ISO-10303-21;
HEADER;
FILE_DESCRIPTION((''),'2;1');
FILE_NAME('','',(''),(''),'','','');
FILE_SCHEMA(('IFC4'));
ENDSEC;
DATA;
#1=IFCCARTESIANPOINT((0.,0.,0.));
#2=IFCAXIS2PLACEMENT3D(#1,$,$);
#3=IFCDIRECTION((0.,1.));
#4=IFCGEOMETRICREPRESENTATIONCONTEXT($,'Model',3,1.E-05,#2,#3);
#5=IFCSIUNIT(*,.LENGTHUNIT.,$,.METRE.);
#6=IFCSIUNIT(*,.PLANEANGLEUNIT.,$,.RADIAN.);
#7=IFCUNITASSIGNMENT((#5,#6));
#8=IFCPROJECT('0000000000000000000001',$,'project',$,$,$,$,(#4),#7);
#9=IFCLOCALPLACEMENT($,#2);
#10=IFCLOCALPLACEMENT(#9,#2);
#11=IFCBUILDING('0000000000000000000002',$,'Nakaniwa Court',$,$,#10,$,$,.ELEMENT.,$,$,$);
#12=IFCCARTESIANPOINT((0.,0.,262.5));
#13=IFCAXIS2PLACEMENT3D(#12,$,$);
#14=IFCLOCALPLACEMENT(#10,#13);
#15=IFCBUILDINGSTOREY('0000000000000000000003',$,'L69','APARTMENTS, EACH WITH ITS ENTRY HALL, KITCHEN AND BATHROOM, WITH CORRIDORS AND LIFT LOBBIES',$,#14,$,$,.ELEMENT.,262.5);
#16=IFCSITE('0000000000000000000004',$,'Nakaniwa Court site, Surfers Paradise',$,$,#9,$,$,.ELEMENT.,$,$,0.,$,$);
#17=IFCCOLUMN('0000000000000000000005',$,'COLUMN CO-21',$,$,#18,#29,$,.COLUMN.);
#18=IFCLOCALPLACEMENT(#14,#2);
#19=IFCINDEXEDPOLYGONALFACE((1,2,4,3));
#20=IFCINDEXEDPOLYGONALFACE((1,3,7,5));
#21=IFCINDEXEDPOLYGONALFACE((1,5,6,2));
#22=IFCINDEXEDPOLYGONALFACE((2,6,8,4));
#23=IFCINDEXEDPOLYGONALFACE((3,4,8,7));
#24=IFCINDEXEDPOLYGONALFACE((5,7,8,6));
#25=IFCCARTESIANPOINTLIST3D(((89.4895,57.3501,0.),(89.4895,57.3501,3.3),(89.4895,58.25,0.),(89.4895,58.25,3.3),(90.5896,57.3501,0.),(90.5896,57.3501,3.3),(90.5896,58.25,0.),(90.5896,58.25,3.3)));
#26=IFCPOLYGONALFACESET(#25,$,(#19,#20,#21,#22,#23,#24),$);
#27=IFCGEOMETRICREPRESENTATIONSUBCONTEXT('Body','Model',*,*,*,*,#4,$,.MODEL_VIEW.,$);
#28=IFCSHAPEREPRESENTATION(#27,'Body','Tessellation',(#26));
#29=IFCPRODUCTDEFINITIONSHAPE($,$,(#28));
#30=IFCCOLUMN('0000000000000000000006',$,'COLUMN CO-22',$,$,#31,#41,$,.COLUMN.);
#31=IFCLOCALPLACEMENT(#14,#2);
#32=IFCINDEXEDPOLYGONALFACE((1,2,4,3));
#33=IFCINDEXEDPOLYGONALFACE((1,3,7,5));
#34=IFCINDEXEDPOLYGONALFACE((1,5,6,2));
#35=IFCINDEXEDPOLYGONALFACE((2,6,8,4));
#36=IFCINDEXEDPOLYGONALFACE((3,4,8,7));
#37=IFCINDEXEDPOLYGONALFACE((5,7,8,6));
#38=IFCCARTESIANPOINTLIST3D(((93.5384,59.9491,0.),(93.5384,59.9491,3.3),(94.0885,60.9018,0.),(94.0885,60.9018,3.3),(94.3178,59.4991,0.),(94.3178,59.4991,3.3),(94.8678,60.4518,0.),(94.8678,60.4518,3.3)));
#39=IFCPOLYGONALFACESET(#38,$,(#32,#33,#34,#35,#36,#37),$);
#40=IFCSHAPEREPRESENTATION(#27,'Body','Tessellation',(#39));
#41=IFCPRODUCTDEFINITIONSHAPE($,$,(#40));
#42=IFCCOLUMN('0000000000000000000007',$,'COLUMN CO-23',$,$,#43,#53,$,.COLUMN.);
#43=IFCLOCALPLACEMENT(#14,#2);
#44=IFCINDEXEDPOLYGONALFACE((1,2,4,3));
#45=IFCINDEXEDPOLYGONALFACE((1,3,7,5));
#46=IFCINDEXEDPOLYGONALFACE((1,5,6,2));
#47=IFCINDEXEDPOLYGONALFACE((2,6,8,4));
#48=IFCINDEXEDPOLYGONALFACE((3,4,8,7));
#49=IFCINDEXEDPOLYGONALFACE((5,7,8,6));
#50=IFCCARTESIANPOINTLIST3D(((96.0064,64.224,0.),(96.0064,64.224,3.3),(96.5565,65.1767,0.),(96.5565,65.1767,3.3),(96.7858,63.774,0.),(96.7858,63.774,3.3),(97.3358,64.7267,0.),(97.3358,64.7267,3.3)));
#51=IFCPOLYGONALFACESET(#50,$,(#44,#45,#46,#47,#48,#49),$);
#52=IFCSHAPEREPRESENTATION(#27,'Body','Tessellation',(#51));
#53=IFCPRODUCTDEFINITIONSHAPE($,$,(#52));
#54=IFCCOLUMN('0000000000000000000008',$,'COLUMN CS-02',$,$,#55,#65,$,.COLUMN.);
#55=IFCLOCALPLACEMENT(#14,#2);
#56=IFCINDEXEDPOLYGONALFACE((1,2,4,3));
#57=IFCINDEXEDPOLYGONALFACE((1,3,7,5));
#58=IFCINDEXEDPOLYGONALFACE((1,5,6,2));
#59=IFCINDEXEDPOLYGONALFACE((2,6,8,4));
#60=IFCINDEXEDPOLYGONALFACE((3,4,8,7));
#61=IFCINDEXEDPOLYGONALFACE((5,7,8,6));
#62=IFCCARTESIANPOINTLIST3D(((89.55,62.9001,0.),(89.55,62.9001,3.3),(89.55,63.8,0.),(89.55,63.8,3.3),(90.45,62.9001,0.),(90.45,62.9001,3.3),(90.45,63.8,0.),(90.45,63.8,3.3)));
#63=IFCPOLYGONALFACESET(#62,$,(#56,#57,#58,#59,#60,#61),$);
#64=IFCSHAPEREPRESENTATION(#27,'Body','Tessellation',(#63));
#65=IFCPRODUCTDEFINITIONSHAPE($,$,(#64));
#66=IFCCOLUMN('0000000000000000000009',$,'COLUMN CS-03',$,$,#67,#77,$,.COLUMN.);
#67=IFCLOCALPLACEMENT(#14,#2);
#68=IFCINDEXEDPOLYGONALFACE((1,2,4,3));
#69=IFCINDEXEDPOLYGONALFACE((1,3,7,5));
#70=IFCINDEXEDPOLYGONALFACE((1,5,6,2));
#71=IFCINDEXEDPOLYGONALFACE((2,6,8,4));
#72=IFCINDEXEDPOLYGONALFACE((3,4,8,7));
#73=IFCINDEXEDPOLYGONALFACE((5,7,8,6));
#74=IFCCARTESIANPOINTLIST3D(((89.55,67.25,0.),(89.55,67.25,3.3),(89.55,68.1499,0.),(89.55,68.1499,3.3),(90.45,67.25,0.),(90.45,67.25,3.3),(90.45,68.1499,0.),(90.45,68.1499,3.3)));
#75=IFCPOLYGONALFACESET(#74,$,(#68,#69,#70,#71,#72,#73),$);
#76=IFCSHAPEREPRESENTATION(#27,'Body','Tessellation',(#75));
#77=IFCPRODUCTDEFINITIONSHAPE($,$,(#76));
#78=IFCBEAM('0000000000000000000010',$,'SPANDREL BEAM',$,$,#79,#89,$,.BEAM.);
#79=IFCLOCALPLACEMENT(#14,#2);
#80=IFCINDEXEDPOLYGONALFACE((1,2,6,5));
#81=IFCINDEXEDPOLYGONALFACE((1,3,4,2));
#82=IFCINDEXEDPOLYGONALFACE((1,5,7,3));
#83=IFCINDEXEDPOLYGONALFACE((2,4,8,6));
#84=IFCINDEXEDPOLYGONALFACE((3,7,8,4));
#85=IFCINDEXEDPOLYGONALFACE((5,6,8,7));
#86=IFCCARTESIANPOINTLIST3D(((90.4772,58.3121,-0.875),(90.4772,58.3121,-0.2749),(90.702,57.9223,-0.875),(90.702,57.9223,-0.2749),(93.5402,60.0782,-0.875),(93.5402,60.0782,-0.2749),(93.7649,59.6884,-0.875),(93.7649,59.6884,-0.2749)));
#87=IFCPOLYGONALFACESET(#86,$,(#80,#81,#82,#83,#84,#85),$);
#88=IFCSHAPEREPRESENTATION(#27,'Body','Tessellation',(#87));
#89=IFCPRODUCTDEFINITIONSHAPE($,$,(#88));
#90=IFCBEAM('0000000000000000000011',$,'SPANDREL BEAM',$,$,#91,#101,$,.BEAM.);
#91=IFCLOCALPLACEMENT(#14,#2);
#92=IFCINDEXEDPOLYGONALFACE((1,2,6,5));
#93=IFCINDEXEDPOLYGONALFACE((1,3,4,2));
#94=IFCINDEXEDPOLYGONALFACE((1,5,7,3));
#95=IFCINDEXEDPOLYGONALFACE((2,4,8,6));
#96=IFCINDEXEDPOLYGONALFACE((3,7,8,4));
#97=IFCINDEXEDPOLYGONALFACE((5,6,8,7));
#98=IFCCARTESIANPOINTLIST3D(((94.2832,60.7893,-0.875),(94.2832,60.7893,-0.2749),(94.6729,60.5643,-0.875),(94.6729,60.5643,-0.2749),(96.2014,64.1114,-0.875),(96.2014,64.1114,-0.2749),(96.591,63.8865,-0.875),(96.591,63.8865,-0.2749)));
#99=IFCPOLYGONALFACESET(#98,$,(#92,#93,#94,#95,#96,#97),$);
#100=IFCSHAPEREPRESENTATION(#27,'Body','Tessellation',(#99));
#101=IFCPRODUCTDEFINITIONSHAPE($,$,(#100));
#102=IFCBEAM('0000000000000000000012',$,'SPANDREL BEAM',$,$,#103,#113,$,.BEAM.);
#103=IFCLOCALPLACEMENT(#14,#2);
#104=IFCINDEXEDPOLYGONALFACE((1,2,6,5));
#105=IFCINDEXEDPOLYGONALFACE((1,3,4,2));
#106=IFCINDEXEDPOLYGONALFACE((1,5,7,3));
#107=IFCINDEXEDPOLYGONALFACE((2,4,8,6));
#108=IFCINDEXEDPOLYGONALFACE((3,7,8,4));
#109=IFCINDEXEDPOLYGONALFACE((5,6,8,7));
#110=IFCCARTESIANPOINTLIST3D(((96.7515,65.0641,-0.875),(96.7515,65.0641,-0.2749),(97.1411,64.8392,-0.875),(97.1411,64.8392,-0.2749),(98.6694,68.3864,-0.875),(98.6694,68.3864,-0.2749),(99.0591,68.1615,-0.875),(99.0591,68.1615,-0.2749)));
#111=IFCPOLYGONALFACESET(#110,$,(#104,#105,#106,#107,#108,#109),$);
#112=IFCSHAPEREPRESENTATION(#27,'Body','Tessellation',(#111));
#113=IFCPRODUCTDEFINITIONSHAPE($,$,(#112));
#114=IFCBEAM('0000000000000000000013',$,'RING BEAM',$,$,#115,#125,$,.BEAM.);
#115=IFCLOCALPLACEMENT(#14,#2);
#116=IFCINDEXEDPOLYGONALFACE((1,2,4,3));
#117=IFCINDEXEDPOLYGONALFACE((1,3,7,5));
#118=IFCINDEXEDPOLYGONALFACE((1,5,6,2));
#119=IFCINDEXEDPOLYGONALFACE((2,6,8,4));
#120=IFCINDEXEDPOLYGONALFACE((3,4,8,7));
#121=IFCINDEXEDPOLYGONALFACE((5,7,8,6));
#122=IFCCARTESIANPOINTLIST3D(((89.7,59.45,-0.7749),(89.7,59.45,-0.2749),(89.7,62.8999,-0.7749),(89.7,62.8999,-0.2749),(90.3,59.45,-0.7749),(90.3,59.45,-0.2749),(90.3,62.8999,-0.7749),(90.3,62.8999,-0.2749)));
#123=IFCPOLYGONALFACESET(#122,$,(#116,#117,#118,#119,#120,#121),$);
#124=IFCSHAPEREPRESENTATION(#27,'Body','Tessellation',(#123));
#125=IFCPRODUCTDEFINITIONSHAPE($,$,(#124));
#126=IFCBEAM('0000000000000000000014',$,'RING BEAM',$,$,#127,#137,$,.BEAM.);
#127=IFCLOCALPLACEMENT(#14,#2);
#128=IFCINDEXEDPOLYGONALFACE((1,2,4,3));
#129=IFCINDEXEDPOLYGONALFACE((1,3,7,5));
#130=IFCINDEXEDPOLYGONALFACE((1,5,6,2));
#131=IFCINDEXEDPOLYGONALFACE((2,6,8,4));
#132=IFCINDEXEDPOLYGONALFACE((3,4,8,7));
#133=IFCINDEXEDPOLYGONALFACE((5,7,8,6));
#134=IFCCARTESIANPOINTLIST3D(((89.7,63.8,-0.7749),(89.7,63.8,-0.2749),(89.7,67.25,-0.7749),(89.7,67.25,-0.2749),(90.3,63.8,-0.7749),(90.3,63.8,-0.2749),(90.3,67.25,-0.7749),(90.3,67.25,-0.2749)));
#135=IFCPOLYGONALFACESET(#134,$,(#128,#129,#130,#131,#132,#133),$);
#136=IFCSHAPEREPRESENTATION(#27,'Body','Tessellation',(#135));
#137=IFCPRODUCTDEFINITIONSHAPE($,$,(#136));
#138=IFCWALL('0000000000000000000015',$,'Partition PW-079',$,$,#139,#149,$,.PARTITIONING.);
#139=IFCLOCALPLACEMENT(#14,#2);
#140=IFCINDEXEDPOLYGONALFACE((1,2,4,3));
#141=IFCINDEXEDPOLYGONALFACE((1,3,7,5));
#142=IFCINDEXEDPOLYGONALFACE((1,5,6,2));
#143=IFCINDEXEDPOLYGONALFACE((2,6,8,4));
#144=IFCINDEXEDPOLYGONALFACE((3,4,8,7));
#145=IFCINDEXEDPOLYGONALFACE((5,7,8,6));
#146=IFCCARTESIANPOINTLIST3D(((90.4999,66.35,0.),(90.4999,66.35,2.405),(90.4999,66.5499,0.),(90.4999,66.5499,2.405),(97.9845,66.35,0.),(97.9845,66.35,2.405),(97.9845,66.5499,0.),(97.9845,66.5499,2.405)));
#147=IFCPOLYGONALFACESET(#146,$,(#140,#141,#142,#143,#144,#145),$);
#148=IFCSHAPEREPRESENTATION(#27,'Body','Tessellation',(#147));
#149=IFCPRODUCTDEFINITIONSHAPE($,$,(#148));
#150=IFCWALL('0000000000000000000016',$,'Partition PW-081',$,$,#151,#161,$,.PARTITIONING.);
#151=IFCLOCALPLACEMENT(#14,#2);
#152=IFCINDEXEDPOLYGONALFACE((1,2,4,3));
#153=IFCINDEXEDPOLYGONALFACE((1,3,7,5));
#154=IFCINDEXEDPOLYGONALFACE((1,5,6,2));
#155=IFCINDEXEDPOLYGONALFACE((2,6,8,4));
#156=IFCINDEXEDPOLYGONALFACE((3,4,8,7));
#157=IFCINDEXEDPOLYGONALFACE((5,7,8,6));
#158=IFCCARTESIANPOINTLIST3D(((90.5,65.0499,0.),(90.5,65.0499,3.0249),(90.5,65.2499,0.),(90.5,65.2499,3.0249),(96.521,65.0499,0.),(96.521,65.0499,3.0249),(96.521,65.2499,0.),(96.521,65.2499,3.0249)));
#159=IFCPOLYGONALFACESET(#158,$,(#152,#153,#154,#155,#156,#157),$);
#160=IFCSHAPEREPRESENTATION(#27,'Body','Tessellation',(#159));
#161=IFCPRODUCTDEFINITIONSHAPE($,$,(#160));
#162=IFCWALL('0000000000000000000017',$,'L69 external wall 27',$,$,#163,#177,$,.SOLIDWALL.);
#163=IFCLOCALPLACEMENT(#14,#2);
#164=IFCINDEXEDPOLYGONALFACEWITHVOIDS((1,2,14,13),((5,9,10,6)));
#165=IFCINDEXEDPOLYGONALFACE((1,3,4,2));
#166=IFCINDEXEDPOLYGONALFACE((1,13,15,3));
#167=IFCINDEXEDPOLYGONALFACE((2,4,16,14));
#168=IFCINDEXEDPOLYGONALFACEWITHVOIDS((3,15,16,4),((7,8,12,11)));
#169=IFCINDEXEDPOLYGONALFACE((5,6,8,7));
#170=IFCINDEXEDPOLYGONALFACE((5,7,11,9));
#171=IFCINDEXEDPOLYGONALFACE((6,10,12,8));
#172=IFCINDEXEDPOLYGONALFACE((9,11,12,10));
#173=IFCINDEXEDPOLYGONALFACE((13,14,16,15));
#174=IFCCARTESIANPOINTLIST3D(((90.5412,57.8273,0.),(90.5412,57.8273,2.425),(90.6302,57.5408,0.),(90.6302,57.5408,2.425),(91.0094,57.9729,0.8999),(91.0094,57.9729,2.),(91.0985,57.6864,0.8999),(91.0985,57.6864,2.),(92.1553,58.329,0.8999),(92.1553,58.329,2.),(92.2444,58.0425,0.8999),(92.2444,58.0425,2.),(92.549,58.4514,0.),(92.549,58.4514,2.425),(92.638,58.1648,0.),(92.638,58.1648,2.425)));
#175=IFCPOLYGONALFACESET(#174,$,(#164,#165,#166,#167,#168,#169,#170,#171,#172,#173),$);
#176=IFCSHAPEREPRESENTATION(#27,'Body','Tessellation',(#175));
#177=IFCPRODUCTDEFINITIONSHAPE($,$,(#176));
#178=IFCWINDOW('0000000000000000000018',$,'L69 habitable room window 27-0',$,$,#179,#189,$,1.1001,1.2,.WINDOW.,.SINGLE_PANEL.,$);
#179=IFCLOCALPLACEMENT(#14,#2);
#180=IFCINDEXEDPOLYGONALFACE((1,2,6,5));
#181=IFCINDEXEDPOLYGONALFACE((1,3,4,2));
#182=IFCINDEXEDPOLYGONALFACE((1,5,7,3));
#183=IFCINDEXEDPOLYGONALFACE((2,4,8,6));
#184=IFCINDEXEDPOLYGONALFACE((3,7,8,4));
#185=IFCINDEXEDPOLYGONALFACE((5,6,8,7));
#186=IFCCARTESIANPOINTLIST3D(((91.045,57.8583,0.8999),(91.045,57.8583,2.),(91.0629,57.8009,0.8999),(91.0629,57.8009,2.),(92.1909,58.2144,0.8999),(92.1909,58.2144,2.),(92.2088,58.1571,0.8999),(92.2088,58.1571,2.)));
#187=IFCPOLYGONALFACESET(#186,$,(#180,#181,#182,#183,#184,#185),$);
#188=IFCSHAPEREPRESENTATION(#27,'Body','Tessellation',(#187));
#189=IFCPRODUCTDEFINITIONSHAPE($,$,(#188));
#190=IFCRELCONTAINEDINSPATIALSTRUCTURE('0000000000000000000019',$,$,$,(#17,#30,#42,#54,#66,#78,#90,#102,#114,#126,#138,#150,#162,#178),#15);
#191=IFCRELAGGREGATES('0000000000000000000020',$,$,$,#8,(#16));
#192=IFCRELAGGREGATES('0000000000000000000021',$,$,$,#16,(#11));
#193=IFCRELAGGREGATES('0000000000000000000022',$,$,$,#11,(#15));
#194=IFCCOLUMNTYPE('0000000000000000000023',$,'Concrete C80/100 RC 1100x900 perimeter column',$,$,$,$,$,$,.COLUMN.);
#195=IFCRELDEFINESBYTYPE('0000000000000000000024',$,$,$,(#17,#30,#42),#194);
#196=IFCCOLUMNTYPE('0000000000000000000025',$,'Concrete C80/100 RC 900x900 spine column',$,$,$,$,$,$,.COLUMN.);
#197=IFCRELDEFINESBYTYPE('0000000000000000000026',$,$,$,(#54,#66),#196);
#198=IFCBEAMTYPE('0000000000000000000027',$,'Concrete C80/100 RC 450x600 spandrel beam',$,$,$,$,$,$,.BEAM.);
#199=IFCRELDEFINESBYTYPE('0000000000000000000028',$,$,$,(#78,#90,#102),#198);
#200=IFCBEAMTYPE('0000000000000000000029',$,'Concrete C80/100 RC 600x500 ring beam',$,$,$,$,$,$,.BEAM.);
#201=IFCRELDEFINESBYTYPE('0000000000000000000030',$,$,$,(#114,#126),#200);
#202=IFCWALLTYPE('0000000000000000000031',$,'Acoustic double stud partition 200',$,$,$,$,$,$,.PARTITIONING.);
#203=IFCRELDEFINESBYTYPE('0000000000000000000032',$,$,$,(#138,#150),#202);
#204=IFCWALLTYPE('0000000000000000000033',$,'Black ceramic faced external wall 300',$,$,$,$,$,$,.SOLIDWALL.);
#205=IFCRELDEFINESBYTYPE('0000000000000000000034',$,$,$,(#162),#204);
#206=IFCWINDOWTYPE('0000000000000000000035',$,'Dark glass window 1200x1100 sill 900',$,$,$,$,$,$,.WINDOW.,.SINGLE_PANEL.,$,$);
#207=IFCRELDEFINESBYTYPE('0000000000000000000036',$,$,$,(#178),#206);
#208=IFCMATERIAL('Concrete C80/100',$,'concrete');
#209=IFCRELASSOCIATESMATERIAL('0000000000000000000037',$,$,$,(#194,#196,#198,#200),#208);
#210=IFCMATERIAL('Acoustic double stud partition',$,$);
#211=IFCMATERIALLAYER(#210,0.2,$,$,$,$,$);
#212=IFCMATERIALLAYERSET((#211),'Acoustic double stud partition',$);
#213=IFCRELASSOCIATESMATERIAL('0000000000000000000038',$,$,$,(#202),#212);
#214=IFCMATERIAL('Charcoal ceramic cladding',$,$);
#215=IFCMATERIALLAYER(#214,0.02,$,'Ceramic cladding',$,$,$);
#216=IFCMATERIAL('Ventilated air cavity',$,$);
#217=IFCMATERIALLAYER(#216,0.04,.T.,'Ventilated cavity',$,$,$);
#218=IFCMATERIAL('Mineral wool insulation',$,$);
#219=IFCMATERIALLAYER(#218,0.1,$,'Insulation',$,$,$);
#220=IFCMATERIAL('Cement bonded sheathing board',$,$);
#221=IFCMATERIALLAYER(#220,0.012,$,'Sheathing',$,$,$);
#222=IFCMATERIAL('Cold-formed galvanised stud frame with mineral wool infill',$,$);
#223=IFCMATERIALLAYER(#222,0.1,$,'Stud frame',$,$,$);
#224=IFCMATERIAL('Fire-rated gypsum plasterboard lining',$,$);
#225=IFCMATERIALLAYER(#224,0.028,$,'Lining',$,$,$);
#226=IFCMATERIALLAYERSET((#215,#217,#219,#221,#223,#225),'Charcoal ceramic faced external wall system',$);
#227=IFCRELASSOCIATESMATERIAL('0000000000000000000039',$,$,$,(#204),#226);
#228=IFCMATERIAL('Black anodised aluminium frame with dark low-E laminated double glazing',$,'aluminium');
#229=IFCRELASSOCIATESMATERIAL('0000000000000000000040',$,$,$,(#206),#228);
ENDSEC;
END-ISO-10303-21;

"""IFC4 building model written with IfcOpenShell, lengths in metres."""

from ifc_helpers import new_model, si_unit, direction, frame, frame_2d, origin, origin_2d, place, context, subcontext, project, spatial, rectangle, extrude, material, layer, layer_set, material_profile, profile_set, type_object, element, fill, save


model = new_model("IFC4")

# Units and contexts
model_context = context("Model", 3, precision=1e-05, world=origin(), true_north=direction((0.0, 1.0)))
body_context = subcontext(model_context, "Body", "Model", "MODEL_VIEW")
ifc_project = project(units=[si_unit("LENGTHUNIT", "METRE"), si_unit("PLANEANGLEUNIT", "RADIAN")], contexts=[model_context])

# Site, building, storey
site_placement = place(None, origin())
site = spatial("IfcSite", under=ifc_project, at=site_placement, Name="Nakaniwa Court site, Surfers Paradise", CompositionType="ELEMENT", RefElevation=0.0)
building_placement = place(site_placement, origin())
building = spatial("IfcBuilding", under=site, at=building_placement, Name="Nakaniwa Court", CompositionType="ELEMENT")
storey_placement = place(building_placement, frame((0.0, 0.0, 262.5)))
storey = spatial("IfcBuildingStorey", under=building, at=storey_placement, Name="L69", Description="APARTMENTS, EACH WITH ITS ENTRY HALL, KITCHEN AND BATHROOM, WITH CORRIDORS AND LIFT LOBBIES", CompositionType="ELEMENT", Elevation=262.5)

# Columns
ifc_material_1 = material(Name="Concrete C80/100", Category="concrete")
ifc_material_profile_1 = material_profile(ifc_material_1, rectangle(XDim=1.1001, YDim=0.8999, at=origin_2d()), Name="Concrete C80/100 RC 1100x900 perimeter column")
ifc_profile_set_1 = profile_set([ifc_material_profile_1], Name="Concrete C80/100")
column_type_1 = type_object("IfcColumnType", Name="Concrete C80/100 RC 1100x900 perimeter column", PredefinedType="COLUMN", material=ifc_profile_set_1)
for number, where, z_axis, x_axis, name in (
    (1, (90.0396, 57.8, 0.0), (0.0, 0.0, 1.0), (1.0, 0.0, 0.0), "COLUMN CO-21"),
    (2, (94.2031, 60.2004, 0.0), (0.0, 0.0, 1.0), (0.5, 0.866025, 0.0), "COLUMN CO-22"),
    (3, (96.6711, 64.4753, 0.0), (0.0, 0.0, 1.0), (0.5, 0.866025, 0.0), "COLUMN CO-23"),
):
    element("IfcColumn", number, at=place(storey_placement, frame(where, z_axis=z_axis, x_axis=x_axis)), inside=storey, type_object=column_type_1, Name=name, PredefinedType="COLUMN", context=body_context, shape_type="SweptSolid", body=[
        extrude(rectangle(XDim=1.1001, YDim=0.8999, at=origin_2d()), origin(), (0.0, 0.0, 1.0), 3.3),
    ])
ifc_material_profile_2 = material_profile(ifc_material_1, rectangle(XDim=0.8999, YDim=0.8999, at=origin_2d()), Name="Concrete C80/100 RC 900x900 spine column")
ifc_profile_set_2 = profile_set([ifc_material_profile_2], Name="Concrete C80/100")
column_type_2 = type_object("IfcColumnType", Name="Concrete C80/100 RC 900x900 spine column", PredefinedType="COLUMN", material=ifc_profile_set_2)
for number, where, z_axis, x_axis, name in (
    (4, (90.0, 63.3501, 0.0), (0.0, 0.0, 1.0), (0.0, 1.0, 0.0), "COLUMN CS-02"),
    (5, (90.0, 67.7, 0.0), (0.0, 0.0, 1.0), (0.0, 1.0, 0.0), "COLUMN CS-03"),
):
    element("IfcColumn", number, at=place(storey_placement, frame(where, z_axis=z_axis, x_axis=x_axis)), inside=storey, type_object=column_type_2, Name=name, PredefinedType="COLUMN", context=body_context, shape_type="SweptSolid", body=[
        extrude(rectangle(XDim=0.8999, YDim=0.8999, at=origin_2d()), origin(), (0.0, 0.0, 1.0), 3.3),
    ])

# Beams
ifc_material_profile_3 = material_profile(ifc_material_1, rectangle(XDim=0.45, YDim=0.6001, at=origin_2d()), Name="Concrete C80/100 RC 450x600 spandrel beam")
ifc_profile_set_3 = profile_set([ifc_material_profile_3], Name="Concrete C80/100")
beam_type_1 = type_object("IfcBeamType", Name="Concrete C80/100 RC 450x600 spandrel beam", PredefinedType="BEAM", material=ifc_profile_set_3)
beam_placement = place(storey_placement, frame((90.5896, 58.1172, -0.575), z_axis=(0.866307, 0.499511, 0.0), x_axis=(-0.499511, 0.866307, 0.0)))
element("IfcBeam", 6, at=beam_placement, inside=storey, type_object=beam_type_1, Name="SPANDREL BEAM", PredefinedType="BEAM", context=body_context, shape_type="SweptSolid", body=[
    extrude(rectangle(XDim=0.45, YDim=0.6001, at=origin_2d()), origin(), (0.0, 0.0, 1.0), 3.5356),
])
for number, where, z_axis, x_axis, name in (
    (7, (94.478, 60.6768, -0.575), (0.50002, 0.866014, 0.0), (-0.866014, 0.50002, 0.0), "SPANDREL BEAM"),
    (8, (96.9463, 64.9517, -0.575), (0.499972, 0.866041, 0.0), (-0.866041, 0.499972, 0.0), "SPANDREL BEAM"),
):
    element("IfcBeam", number, at=place(storey_placement, frame(where, z_axis=z_axis, x_axis=x_axis)), inside=storey, type_object=beam_type_1, Name=name, PredefinedType="BEAM", context=body_context, shape_type="SweptSolid", body=[
        extrude(rectangle(XDim=0.45, YDim=0.6001, at=origin_2d()), origin(), (0.0, 0.0, 1.0), 3.8362),
    ])
ifc_material_profile_4 = material_profile(ifc_material_1, rectangle(XDim=0.6001, YDim=0.5, at=origin_2d()), Name="Concrete C80/100 RC 600x500 ring beam")
ifc_profile_set_4 = profile_set([ifc_material_profile_4], Name="Concrete C80/100")
beam_type_2 = type_object("IfcBeamType", Name="Concrete C80/100 RC 600x500 ring beam", PredefinedType="BEAM", material=ifc_profile_set_4)
for number, where, z_axis, x_axis, name in (
    (9, (90.0, 59.45, -0.5249), (0.0, 1.0, 0.0), (-1.0, 0.0, 0.0), "RING BEAM"),
    (10, (90.0, 63.8, -0.5249), (0.0, 1.0, 0.0), (-1.0, 0.0, 0.0), "RING BEAM"),
):
    element("IfcBeam", number, at=place(storey_placement, frame(where, z_axis=z_axis, x_axis=x_axis)), inside=storey, type_object=beam_type_2, Name=name, PredefinedType="BEAM", context=body_context, shape_type="SweptSolid", body=[
        extrude(rectangle(XDim=0.6001, YDim=0.5, at=origin_2d()), origin(), (0.0, 0.0, 1.0), 3.45),
    ])

# Walls
ifc_material_2 = material(Name="Acoustic double stud partition")
ifc_layer_1 = layer(ifc_material_2, 0.2)
ifc_layer_set_1 = layer_set([ifc_layer_1], Name="Acoustic double stud partition")
wall_type_1 = type_object("IfcWallType", Name="Acoustic double stud partition 200", PredefinedType="PARTITIONING", material=ifc_layer_set_1)
wall_1_placement = place(storey_placement, frame((90.5, 66.45, 0.0), z_axis=(0.0, 0.0, 1.0), x_axis=(1.0, 0.0, 0.0)))
element("IfcWall", 11, at=wall_1_placement, inside=storey, type_object=wall_type_1, Name="Partition PW-079", PredefinedType="PARTITIONING", context=body_context, shape_type="SweptSolid", body=[
    extrude(rectangle(XDim=7.4846, YDim=0.2, at=frame_2d((3.7422, 0.0))), origin(), (0.0, 0.0, 1.0), 2.405),
])
wall_2_placement = place(storey_placement, frame((90.5, 65.1499, 0.0), z_axis=(0.0, 0.0, 1.0), x_axis=(1.0, 0.0, 0.0)))
element("IfcWall", 12, at=wall_2_placement, inside=storey, type_object=wall_type_1, Name="Partition PW-081", PredefinedType="PARTITIONING", context=body_context, shape_type="SweptSolid", body=[
    extrude(rectangle(XDim=6.021, YDim=0.2, at=frame_2d((3.0105, 0.0))), origin(), (0.0, 0.0, 1.0), 3.0249),
])

# Wall, opening, window
ifc_material_3 = material(Name="Charcoal ceramic cladding")
ifc_layer_2 = layer(ifc_material_3, 0.02, Name="Ceramic cladding")
ifc_material_4 = material(Name="Ventilated air cavity")
ifc_layer_3 = layer(ifc_material_4, 0.04, ventilated=True, Name="Ventilated cavity")
ifc_material_5 = material(Name="Mineral wool insulation")
ifc_layer_4 = layer(ifc_material_5, 0.1, Name="Insulation")
ifc_material_6 = material(Name="Cement bonded sheathing board")
ifc_layer_5 = layer(ifc_material_6, 0.012, Name="Sheathing")
ifc_material_7 = material(Name="Cold-formed galvanised stud frame with mineral wool infill")
ifc_layer_6 = layer(ifc_material_7, 0.1, Name="Stud frame")
ifc_material_8 = material(Name="Fire-rated gypsum plasterboard lining")
ifc_layer_7 = layer(ifc_material_8, 0.028, Name="Lining")
ifc_layer_set_2 = layer_set([ifc_layer_2, ifc_layer_3, ifc_layer_4, ifc_layer_5, ifc_layer_6, ifc_layer_7], Name="Charcoal ceramic faced external wall system")
wall_type_2 = type_object("IfcWallType", Name="Black ceramic faced external wall 300", PredefinedType="SOLIDWALL", material=ifc_layer_set_2)
wall_3_placement = place(storey_placement, frame((90.5857, 57.6841, 0.0), z_axis=(0.0, 0.0, 1.0), x_axis=(0.954942, 0.296794, 0.0)))
wall_3 = element("IfcWall", 13, at=wall_3_placement, inside=storey, type_object=wall_type_2, Name="L69 external wall 27", PredefinedType="SOLIDWALL", context=body_context, shape_type="SweptSolid", body=[
    extrude(rectangle(XDim=2.1025, YDim=0.3, at=frame_2d((1.0513, 0.0))), origin(), (0.0, 0.0, 1.0), 2.425),
])
opening_1_placement = place(wall_3_placement, frame((0.4902, 0.0, 0.8999)))
opening_1 = element("IfcOpeningElement", 14, at=opening_1_placement, cuts=wall_3, PredefinedType="OPENING", context=body_context, shape_type="SweptSolid", body=[
    extrude(rectangle(XDim=1.2, YDim=1.1001, at=frame_2d((0.6001, 0.55))), frame((0.0, 0.1599, 0.0), z_axis=(0.0, -1.0, 0.0), x_axis=(1.0, 0.0, 0.0)), (0.0, 0.0, 1.0), 0.3201),
])
ifc_material_9 = material(Name="Black anodised aluminium frame with dark low-E laminated double glazing", Category="aluminium")
window_type_1 = type_object("IfcWindowType", Name="Dark glass window 1200x1100 sill 900", PartitioningType="SINGLE_PANEL", PredefinedType="WINDOW", material=ifc_material_9)
window_1_placement = place(opening_1_placement, origin())
window_1 = element("IfcWindow", 15, at=window_1_placement, inside=storey, type_object=window_type_1, Name="L69 habitable room window 27-0", OverallHeight=1.1001, OverallWidth=1.2, PartitioningType="SINGLE_PANEL", PredefinedType="WINDOW", context=body_context, shape_type="SweptSolid", body=[
    extrude(rectangle(XDim=1.2, YDim=1.1001, at=frame_2d((0.6001, 0.55))), frame((0.0, 0.03, 0.0), z_axis=(0.0, -1.0, 0.0), x_axis=(1.0, 0.0, 0.0)), (0.0, 0.0, 1.0), 0.0601),
])
fill(opening_1, window_1)

save(model, "model.ifc")
